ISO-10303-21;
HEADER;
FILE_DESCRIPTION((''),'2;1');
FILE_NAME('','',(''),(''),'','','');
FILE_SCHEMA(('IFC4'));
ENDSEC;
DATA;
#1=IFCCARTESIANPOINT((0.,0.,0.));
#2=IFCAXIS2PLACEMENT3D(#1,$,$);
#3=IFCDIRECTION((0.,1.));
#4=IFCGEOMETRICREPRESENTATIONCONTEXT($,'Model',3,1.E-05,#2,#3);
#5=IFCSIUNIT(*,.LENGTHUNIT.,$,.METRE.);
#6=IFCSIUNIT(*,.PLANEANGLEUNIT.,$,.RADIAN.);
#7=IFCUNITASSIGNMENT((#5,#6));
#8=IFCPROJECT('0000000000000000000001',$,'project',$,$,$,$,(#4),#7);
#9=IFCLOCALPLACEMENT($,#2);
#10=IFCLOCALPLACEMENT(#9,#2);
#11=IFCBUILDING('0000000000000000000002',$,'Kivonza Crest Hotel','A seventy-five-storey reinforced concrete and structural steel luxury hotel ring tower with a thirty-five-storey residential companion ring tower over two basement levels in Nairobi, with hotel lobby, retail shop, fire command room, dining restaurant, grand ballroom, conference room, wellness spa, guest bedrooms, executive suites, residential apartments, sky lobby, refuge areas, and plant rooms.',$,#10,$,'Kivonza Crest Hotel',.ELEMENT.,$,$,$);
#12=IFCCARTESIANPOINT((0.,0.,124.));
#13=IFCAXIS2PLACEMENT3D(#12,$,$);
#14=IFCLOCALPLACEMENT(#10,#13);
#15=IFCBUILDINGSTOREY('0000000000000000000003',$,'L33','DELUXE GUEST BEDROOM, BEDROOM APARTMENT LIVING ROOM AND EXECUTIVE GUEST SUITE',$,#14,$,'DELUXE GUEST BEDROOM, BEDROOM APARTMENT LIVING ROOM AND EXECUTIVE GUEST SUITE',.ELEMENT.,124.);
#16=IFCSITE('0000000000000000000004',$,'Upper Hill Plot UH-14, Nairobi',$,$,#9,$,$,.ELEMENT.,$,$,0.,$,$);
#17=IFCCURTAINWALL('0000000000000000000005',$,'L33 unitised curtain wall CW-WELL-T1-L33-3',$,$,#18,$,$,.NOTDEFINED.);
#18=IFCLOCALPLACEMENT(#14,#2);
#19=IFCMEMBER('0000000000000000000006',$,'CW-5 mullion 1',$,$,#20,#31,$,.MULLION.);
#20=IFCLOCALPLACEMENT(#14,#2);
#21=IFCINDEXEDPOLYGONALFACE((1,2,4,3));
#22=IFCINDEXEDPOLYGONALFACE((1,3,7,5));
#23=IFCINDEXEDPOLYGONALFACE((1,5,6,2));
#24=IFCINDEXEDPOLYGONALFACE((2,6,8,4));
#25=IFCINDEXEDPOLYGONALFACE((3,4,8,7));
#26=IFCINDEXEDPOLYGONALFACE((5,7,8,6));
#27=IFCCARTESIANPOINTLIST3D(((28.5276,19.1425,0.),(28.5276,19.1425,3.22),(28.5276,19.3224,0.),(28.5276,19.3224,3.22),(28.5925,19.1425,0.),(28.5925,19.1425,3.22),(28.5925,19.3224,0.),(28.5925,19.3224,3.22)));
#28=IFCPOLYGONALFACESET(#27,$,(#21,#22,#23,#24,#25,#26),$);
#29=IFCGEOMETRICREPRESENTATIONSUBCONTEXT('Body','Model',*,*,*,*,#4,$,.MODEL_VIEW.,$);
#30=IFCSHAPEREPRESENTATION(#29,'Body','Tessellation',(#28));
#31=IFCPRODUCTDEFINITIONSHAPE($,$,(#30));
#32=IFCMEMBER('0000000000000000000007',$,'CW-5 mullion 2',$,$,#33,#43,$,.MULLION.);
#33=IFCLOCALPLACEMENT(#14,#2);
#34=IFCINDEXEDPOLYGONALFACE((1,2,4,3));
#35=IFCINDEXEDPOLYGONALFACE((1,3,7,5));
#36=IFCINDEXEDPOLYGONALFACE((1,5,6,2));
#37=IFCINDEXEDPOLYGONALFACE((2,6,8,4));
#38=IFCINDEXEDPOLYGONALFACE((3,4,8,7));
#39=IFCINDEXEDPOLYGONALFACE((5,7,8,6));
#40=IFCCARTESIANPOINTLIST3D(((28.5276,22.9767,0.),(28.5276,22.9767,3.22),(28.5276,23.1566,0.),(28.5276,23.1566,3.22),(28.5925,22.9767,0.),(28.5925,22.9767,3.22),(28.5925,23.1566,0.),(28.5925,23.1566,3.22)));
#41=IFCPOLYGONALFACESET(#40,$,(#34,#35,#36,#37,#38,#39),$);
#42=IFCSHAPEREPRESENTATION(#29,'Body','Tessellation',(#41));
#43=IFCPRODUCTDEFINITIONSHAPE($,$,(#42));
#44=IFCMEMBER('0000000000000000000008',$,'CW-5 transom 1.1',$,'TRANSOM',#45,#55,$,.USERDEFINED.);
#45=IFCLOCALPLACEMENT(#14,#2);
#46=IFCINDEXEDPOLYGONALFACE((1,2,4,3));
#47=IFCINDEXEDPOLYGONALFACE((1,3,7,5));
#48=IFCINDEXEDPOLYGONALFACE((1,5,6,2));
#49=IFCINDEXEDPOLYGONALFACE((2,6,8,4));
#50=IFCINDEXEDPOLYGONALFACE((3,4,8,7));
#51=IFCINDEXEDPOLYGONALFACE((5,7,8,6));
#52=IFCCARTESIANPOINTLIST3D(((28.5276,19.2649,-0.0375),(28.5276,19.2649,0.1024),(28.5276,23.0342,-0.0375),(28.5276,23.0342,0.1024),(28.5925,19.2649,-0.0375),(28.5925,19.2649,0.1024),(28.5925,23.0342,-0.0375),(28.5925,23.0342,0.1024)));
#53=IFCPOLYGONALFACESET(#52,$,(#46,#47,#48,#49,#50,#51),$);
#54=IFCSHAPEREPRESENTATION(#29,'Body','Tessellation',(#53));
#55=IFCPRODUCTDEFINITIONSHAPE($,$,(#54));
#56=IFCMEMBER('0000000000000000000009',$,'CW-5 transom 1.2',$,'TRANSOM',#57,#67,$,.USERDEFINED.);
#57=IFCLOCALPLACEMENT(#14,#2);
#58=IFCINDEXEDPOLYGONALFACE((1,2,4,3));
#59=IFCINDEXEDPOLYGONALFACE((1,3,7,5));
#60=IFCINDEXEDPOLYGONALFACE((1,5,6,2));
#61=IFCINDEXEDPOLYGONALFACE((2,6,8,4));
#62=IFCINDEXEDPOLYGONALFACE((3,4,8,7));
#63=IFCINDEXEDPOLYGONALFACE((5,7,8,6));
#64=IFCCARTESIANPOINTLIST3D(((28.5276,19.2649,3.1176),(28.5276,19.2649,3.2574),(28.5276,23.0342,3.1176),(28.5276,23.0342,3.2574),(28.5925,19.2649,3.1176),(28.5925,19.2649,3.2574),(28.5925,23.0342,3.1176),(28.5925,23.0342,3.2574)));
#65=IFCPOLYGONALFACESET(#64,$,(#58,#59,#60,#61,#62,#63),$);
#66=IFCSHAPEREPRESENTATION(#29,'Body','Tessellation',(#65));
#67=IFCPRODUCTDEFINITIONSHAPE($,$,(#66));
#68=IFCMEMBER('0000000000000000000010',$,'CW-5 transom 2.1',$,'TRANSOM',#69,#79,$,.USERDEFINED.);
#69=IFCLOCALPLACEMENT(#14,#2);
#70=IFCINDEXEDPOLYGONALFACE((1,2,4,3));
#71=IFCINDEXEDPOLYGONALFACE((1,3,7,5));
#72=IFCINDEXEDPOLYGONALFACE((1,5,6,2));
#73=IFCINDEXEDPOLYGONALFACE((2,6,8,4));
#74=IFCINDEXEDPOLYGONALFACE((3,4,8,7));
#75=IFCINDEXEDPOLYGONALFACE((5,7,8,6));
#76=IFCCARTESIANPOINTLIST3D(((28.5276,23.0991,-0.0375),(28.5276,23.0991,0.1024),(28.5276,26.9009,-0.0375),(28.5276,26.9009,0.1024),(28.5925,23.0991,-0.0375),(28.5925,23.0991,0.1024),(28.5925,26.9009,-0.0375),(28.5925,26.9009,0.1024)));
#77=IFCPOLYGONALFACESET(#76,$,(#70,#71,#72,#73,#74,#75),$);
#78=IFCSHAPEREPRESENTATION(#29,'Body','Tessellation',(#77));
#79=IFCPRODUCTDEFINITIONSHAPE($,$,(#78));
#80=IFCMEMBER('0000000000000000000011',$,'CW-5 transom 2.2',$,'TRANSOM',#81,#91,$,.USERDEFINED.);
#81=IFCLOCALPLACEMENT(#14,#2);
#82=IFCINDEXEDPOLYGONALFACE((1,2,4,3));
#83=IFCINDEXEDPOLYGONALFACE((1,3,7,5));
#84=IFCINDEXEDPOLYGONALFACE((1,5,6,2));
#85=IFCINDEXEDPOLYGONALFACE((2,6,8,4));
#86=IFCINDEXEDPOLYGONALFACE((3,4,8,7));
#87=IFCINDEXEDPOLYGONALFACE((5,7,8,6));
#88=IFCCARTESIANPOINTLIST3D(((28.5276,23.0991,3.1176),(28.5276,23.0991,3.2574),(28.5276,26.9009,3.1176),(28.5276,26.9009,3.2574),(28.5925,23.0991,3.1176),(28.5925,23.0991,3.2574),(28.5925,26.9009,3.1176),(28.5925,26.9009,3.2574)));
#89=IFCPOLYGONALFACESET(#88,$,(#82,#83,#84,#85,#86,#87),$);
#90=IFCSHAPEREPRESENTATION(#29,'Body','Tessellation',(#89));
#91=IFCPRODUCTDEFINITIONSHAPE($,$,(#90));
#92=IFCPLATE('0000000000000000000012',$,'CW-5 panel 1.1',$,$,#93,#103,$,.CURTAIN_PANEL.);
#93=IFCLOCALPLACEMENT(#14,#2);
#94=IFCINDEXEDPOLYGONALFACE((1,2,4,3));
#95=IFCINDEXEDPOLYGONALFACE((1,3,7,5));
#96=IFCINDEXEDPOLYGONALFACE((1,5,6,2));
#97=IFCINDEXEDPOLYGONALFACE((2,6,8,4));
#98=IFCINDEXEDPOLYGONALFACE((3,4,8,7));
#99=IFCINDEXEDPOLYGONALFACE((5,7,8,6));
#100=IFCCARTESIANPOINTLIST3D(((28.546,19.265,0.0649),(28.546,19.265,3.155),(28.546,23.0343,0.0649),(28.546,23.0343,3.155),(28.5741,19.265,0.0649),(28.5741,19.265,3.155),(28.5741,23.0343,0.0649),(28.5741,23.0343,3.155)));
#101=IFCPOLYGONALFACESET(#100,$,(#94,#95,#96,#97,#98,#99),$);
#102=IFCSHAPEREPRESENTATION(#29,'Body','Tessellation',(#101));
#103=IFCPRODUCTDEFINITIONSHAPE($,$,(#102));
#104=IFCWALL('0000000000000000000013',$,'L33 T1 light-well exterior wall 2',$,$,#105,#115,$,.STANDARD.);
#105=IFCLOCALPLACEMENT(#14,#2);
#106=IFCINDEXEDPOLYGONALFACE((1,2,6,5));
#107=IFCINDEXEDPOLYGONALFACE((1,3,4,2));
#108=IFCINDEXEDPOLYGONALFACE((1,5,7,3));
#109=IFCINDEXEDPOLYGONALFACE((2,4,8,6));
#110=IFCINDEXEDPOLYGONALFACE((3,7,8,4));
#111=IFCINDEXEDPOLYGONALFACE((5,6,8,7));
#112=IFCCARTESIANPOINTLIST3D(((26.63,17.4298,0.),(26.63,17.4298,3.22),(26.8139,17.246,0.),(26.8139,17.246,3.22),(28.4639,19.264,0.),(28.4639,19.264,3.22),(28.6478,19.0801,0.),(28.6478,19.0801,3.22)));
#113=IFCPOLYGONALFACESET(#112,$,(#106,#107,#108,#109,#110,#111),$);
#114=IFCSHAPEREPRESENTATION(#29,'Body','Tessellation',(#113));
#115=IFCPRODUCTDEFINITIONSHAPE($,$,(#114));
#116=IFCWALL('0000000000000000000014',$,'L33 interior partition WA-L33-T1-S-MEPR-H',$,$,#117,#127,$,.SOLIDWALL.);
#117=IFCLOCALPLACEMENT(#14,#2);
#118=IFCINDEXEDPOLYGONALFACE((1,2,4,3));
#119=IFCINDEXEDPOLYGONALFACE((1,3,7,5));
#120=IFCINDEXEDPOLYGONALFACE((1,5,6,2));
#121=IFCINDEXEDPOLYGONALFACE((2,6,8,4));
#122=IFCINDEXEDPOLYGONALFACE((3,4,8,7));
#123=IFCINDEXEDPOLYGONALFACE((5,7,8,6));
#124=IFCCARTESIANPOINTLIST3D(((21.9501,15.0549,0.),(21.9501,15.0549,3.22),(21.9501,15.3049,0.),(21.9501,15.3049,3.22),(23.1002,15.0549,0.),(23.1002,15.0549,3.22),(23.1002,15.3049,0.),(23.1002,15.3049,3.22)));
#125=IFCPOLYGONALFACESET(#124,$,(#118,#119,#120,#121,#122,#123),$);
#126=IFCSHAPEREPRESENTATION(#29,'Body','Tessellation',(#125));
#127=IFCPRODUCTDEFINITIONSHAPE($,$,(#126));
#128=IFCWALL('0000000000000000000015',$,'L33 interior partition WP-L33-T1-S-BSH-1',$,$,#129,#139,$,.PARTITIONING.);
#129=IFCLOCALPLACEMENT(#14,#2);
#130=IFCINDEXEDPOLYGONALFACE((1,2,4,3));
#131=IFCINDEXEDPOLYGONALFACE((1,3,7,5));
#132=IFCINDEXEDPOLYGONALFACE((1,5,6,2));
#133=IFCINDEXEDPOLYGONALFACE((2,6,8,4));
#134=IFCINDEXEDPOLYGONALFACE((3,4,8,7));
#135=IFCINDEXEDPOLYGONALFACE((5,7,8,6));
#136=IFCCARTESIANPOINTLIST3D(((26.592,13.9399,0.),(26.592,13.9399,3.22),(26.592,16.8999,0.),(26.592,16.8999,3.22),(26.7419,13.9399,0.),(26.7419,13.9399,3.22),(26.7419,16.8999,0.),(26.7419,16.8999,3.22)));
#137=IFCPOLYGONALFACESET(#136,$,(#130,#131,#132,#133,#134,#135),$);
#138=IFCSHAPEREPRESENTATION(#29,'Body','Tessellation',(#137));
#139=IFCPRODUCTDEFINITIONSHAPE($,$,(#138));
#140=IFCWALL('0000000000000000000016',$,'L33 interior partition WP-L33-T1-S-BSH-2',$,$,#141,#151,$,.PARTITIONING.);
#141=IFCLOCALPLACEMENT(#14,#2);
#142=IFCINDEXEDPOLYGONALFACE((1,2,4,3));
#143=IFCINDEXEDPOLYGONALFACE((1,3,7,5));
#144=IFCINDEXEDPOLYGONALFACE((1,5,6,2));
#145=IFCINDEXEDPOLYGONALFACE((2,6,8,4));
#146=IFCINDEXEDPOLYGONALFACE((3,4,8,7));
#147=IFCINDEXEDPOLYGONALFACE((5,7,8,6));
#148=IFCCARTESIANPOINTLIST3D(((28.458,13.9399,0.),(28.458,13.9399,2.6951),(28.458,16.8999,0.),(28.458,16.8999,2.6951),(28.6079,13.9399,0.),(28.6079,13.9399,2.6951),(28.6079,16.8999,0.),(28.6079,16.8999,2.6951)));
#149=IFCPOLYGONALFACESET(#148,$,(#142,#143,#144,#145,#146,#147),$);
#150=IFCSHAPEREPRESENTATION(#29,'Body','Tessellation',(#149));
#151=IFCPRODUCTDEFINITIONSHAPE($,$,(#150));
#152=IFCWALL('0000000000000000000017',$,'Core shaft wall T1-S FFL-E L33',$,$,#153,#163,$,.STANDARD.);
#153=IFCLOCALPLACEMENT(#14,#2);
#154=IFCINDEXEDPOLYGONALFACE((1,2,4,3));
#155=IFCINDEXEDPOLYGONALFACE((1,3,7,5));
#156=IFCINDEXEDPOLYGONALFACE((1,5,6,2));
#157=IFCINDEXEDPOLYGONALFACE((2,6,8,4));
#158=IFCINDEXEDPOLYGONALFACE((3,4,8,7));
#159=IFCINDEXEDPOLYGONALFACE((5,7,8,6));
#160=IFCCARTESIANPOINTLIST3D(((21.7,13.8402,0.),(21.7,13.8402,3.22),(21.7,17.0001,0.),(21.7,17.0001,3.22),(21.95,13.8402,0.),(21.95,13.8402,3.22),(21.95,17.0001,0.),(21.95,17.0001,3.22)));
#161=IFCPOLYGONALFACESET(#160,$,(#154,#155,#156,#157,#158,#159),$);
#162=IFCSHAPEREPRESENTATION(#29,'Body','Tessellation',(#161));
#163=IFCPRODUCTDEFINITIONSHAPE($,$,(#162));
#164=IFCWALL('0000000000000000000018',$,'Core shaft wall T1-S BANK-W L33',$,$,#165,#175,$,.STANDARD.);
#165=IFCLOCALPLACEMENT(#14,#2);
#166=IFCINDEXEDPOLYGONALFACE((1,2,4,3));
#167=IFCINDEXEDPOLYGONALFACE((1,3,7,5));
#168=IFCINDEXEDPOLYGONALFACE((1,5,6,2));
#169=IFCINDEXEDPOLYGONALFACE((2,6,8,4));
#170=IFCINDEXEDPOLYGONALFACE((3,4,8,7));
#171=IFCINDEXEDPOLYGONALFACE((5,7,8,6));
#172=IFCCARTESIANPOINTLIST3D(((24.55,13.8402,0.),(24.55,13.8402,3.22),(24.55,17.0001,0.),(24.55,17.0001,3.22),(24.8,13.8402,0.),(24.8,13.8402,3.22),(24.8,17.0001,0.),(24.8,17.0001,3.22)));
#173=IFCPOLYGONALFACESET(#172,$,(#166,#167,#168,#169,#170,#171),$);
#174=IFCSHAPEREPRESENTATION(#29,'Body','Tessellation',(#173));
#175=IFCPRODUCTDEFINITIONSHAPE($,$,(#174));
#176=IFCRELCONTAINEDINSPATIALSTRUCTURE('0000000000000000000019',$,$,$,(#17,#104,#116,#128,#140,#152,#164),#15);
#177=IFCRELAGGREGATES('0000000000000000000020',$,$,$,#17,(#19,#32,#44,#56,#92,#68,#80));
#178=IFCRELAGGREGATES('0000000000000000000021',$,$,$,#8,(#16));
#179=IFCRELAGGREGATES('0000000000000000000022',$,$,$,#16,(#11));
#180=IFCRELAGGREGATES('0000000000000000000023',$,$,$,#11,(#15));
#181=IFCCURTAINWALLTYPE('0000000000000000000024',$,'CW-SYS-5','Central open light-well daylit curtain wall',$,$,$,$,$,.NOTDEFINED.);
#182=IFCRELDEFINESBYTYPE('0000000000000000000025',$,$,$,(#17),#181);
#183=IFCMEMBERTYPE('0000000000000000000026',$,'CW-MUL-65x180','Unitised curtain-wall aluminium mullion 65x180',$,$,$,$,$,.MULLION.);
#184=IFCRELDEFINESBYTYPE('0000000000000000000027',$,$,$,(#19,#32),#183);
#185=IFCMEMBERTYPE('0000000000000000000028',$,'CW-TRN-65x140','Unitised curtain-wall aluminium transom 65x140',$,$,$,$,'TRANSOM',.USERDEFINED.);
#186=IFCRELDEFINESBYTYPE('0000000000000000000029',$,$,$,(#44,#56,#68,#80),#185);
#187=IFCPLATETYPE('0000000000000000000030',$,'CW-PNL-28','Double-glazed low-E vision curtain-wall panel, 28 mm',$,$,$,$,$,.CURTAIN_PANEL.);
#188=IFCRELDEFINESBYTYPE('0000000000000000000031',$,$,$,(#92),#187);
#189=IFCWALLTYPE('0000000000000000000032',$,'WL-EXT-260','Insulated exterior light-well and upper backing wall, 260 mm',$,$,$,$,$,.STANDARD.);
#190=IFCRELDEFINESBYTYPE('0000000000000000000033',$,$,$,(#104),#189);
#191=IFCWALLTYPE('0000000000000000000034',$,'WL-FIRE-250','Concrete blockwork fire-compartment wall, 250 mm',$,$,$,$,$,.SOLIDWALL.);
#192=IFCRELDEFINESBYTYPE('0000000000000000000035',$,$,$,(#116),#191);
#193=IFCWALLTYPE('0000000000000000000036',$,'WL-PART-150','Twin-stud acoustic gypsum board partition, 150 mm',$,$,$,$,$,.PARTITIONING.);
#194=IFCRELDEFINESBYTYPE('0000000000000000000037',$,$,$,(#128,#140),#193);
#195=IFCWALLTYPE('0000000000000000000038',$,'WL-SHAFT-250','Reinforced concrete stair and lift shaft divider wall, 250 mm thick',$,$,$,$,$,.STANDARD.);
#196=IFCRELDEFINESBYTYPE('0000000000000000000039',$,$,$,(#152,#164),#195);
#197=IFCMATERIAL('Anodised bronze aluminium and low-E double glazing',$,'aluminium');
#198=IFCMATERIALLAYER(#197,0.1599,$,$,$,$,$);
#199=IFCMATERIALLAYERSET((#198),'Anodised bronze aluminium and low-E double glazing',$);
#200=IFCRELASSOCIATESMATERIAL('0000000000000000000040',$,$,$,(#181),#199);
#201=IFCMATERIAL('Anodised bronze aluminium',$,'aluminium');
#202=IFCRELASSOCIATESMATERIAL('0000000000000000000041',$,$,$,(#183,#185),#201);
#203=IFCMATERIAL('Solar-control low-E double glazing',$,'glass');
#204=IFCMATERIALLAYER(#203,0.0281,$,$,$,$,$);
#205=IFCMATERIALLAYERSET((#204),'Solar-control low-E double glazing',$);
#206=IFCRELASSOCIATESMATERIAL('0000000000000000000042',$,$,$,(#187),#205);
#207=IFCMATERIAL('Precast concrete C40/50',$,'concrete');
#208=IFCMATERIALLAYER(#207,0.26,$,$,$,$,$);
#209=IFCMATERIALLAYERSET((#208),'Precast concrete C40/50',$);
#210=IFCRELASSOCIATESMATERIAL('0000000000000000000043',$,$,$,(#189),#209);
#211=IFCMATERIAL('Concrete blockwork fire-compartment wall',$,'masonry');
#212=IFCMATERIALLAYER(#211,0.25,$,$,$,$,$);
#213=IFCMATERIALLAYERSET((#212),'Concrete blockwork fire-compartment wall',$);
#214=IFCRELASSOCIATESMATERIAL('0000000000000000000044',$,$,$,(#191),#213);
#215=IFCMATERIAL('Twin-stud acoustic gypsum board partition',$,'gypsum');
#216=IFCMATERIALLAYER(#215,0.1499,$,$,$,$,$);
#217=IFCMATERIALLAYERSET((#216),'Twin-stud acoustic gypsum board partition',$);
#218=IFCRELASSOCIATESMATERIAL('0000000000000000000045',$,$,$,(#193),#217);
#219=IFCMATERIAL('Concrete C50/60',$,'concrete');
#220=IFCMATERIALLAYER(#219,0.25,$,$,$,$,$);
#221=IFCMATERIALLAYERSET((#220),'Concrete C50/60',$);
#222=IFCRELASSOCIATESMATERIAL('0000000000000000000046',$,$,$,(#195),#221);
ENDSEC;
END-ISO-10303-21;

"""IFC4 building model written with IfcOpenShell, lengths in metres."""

from ifc_helpers import new_model, si_unit, direction, frame, frame_2d, origin, origin_2d, place, context, subcontext, project, spatial, rectangle, extrude, material, layer, layer_set, material_profile, profile_set, type_object, element, aggregate, save


model = new_model("IFC4")

# Units and contexts
model_context = context("Model", 3, precision=1e-05, world=origin(), true_north=direction((0.0, 1.0)))
body_context = subcontext(model_context, "Body", "Model", "MODEL_VIEW")
ifc_project = project(units=[si_unit("LENGTHUNIT", "METRE"), si_unit("PLANEANGLEUNIT", "RADIAN")], contexts=[model_context])

# Site, building, storey
site_placement = place(None, origin())
site = spatial("IfcSite", under=ifc_project, at=site_placement, Name="Upper Hill Plot UH-14, Nairobi", CompositionType="ELEMENT", RefElevation=0.0)
building_placement = place(site_placement, origin())
building = spatial("IfcBuilding", under=site, at=building_placement, Name="Kivonza Crest Hotel", Description="A seventy-five-storey reinforced concrete and structural steel luxury hotel ring tower with a thirty-five-storey residential companion ring tower over two basement levels in Nairobi, with hotel lobby, retail shop, fire command room, dining restaurant, grand ballroom, conference room, wellness spa, guest bedrooms, executive suites, residential apartments, sky lobby, refuge areas, and plant rooms.", LongName="Kivonza Crest Hotel", CompositionType="ELEMENT")
storey_placement = place(building_placement, frame((0.0, 0.0, 124.0)))
storey = spatial("IfcBuildingStorey", under=building, at=storey_placement, Name="L33", Description="DELUXE GUEST BEDROOM, BEDROOM APARTMENT LIVING ROOM AND EXECUTIVE GUEST SUITE", LongName="DELUXE GUEST BEDROOM, BEDROOM APARTMENT LIVING ROOM AND EXECUTIVE GUEST SUITE", CompositionType="ELEMENT", Elevation=124.0)

# Curtain wall, members, plate
ifc_material_1 = material(Name="Anodised bronze aluminium and low-E double glazing", Category="aluminium")
ifc_layer_1 = layer(ifc_material_1, 0.1599)
ifc_layer_set_1 = layer_set([ifc_layer_1], Name="Anodised bronze aluminium and low-E double glazing")
curtain_wall_type = type_object("IfcCurtainWallType", Name="CW-SYS-5", Description="Central open light-well daylit curtain wall", PredefinedType="NOTDEFINED", material=ifc_layer_set_1)
curtain_wall_placement = place(storey_placement, origin())
curtain_wall = element("IfcCurtainWall", 1, at=curtain_wall_placement, inside=storey, type_object=curtain_wall_type, Name="L33 unitised curtain wall CW-WELL-T1-L33-3", PredefinedType="NOTDEFINED")
ifc_material_2 = material(Name="Anodised bronze aluminium", Category="aluminium")
ifc_material_profile_1 = material_profile(ifc_material_2, rectangle(XDim=0.0649, YDim=0.1799, at=origin_2d()), Name="CW-M 65x180")
ifc_profile_set_1 = profile_set([ifc_material_profile_1], Name="Anodised bronze aluminium")
member_type_1 = type_object("IfcMemberType", Name="CW-MUL-65x180", Description="Unitised curtain-wall aluminium mullion 65x180", PredefinedType="MULLION", material=ifc_profile_set_1)
member_1_placement = place(storey_placement, frame((28.5601, 19.2324, 0.0), z_axis=(0.0, 0.0, 1.0), x_axis=(-1.0, 0.0, 0.0)))
member_1 = element("IfcMember", 2, at=member_1_placement, type_object=member_type_1, Name="CW-5 mullion 1", PredefinedType="MULLION", context=body_context, shape_type="SweptSolid", body=[
    extrude(rectangle(XDim=0.0649, YDim=0.1799, at=origin_2d()), origin(), (0.0, 0.0, 1.0), 3.22),
])
member_2_placement = place(storey_placement, frame((28.5601, 23.0667, 0.0), z_axis=(0.0, 0.0, 1.0), x_axis=(-1.0, 0.0, 0.0)))
member_2 = element("IfcMember", 3, at=member_2_placement, type_object=member_type_1, Name="CW-5 mullion 2", PredefinedType="MULLION", context=body_context, shape_type="SweptSolid", body=[
    extrude(rectangle(XDim=0.0649, YDim=0.1799, at=origin_2d()), origin(), (0.0, 0.0, 1.0), 3.22),
])
ifc_material_profile_2 = material_profile(ifc_material_2, rectangle(XDim=0.0649, YDim=0.1399, at=origin_2d()), Name="CW-T 65x140")
ifc_profile_set_2 = profile_set([ifc_material_profile_2], Name="Anodised bronze aluminium")
member_type_2 = type_object("IfcMemberType", Name="CW-TRN-65x140", Description="Unitised curtain-wall aluminium transom 65x140", ElementType="TRANSOM", PredefinedType="USERDEFINED", material=ifc_profile_set_2)
member_3_placement = place(storey_placement, frame((28.5601, 19.2649, 0.0325), z_axis=(0.0, 1.0, 0.0), x_axis=(-1.0, 0.0, 0.0)))
member_3 = element("IfcMember", 4, at=member_3_placement, type_object=member_type_2, Name="CW-5 transom 1.1", ObjectType="TRANSOM", PredefinedType="USERDEFINED", context=body_context, shape_type="SweptSolid", body=[
    extrude(rectangle(XDim=0.0649, YDim=0.1399, at=origin_2d()), origin(), (0.0, 0.0, 1.0), 3.7693),
])
member_4_placement = place(storey_placement, frame((28.5601, 19.2649, 3.1875), z_axis=(0.0, 1.0, 0.0), x_axis=(-1.0, 0.0, 0.0)))
member_4 = element("IfcMember", 5, at=member_4_placement, type_object=member_type_2, Name="CW-5 transom 1.2", ObjectType="TRANSOM", PredefinedType="USERDEFINED", context=body_context, shape_type="SweptSolid", body=[
    extrude(rectangle(XDim=0.0649, YDim=0.1399, at=origin_2d()), origin(), (0.0, 0.0, 1.0), 3.7693),
])
member_5_placement = place(storey_placement, frame((28.5601, 23.0991, 0.0325), z_axis=(0.0, 1.0, 0.0), x_axis=(-1.0, 0.0, 0.0)))
member_5 = element("IfcMember", 6, at=member_5_placement, type_object=member_type_2, Name="CW-5 transom 2.1", ObjectType="TRANSOM", PredefinedType="USERDEFINED", context=body_context, shape_type="SweptSolid", body=[
    extrude(rectangle(XDim=0.0649, YDim=0.1399, at=origin_2d()), origin(), (0.0, 0.0, 1.0), 3.8018),
])
member_6_placement = place(storey_placement, frame((28.5601, 23.0991, 3.1875), z_axis=(0.0, 1.0, 0.0), x_axis=(-1.0, 0.0, 0.0)))
member_6 = element("IfcMember", 7, at=member_6_placement, type_object=member_type_2, Name="CW-5 transom 2.2", ObjectType="TRANSOM", PredefinedType="USERDEFINED", context=body_context, shape_type="SweptSolid", body=[
    extrude(rectangle(XDim=0.0649, YDim=0.1399, at=origin_2d()), origin(), (0.0, 0.0, 1.0), 3.8018),
])
ifc_material_3 = material(Name="Solar-control low-E double glazing", Category="glass")
ifc_layer_2 = layer(ifc_material_3, 0.0281)
ifc_layer_set_2 = layer_set([ifc_layer_2], Name="Solar-control low-E double glazing")
plate_type = type_object("IfcPlateType", Name="CW-PNL-28", Description="Double-glazed low-E vision curtain-wall panel, 28 mm", PredefinedType="CURTAIN_PANEL", material=ifc_layer_set_2)
plate_placement = place(storey_placement, frame((28.5601, 21.1497, 0.0649), z_axis=(0.0, 0.0, 1.0), x_axis=(0.0, 1.0, 0.0)))
plate = element("IfcPlate", 8, at=plate_placement, type_object=plate_type, Name="CW-5 panel 1.1", PredefinedType="CURTAIN_PANEL", context=body_context, shape_type="SweptSolid", body=[
    extrude(rectangle(XDim=3.7693, YDim=0.0281, at=origin_2d()), origin(), (0.0, 0.0, 1.0), 3.0901),
])
aggregate(curtain_wall, [member_1, member_2, member_3, member_4, plate, member_5, member_6])

# Walls
ifc_material_4 = material(Name="Precast concrete C40/50", Category="concrete")
ifc_layer_3 = layer(ifc_material_4, 0.26)
ifc_layer_set_3 = layer_set([ifc_layer_3], Name="Precast concrete C40/50")
wall_type_1 = type_object("IfcWallType", Name="WL-EXT-260", Description="Insulated exterior light-well and upper backing wall, 260 mm", PredefinedType="STANDARD", material=ifc_layer_set_3)
wall_1_placement = place(storey_placement, frame((26.7219, 17.3379, 0.0), z_axis=(0.0, 0.0, 1.0), x_axis=(0.70706, 0.707154, 0.0)))
element("IfcWall", 9, at=wall_1_placement, inside=storey, type_object=wall_type_1, Name="L33 T1 light-well exterior wall 2", PredefinedType="STANDARD", context=body_context, shape_type="SweptSolid", body=[
    extrude(rectangle(XDim=2.5938, YDim=0.26, at=frame_2d((1.2969, 0.0))), origin(), (0.0, 0.0, 1.0), 3.22),
])
ifc_material_5 = material(Name="Concrete blockwork fire-compartment wall", Category="masonry")
ifc_layer_4 = layer(ifc_material_5, 0.25)
ifc_layer_set_4 = layer_set([ifc_layer_4], Name="Concrete blockwork fire-compartment wall")
wall_type_2 = type_object("IfcWallType", Name="WL-FIRE-250", Description="Concrete blockwork fire-compartment wall, 250 mm", PredefinedType="SOLIDWALL", material=ifc_layer_set_4)
wall_2_placement = place(storey_placement, frame((21.95, 15.1799, 0.0), z_axis=(0.0, 0.0, 1.0), x_axis=(1.0, 0.0, 0.0)))
element("IfcWall", 10, at=wall_2_placement, inside=storey, type_object=wall_type_2, Name="L33 interior partition WA-L33-T1-S-MEPR-H", PredefinedType="SOLIDWALL", context=body_context, shape_type="SweptSolid", body=[
    extrude(rectangle(XDim=1.1501, YDim=0.25, at=frame_2d((0.5752, 0.0))), origin(), (0.0, 0.0, 1.0), 3.22),
])
ifc_material_6 = material(Name="Twin-stud acoustic gypsum board partition", Category="gypsum")
ifc_layer_5 = layer(ifc_material_6, 0.1499)
ifc_layer_set_5 = layer_set([ifc_layer_5], Name="Twin-stud acoustic gypsum board partition")
wall_type_3 = type_object("IfcWallType", Name="WL-PART-150", Description="Twin-stud acoustic gypsum board partition, 150 mm", PredefinedType="PARTITIONING", material=ifc_layer_set_5)
wall_3_placement = place(storey_placement, frame((26.667, 13.9399, 0.0), z_axis=(0.0, 0.0, 1.0), x_axis=(0.0, 1.0, 0.0)))
element("IfcWall", 11, at=wall_3_placement, inside=storey, type_object=wall_type_3, Name="L33 interior partition WP-L33-T1-S-BSH-1", PredefinedType="PARTITIONING", context=body_context, shape_type="SweptSolid", body=[
    extrude(rectangle(XDim=2.96, YDim=0.1499, at=frame_2d((1.48, 0.0))), origin(), (0.0, 0.0, 1.0), 3.22),
])
wall_4_placement = place(storey_placement, frame((28.533, 13.9399, 0.0), z_axis=(0.0, 0.0, 1.0), x_axis=(0.0, 1.0, 0.0)))
element("IfcWall", 12, at=wall_4_placement, inside=storey, type_object=wall_type_3, Name="L33 interior partition WP-L33-T1-S-BSH-2", PredefinedType="PARTITIONING", context=body_context, shape_type="SweptSolid", body=[
    extrude(rectangle(XDim=2.96, YDim=0.1499, at=frame_2d((1.48, 0.0))), origin(), (0.0, 0.0, 1.0), 2.6951),
])

# Shared definitions
ifc_material_7 = material(Name="Concrete C50/60", Category="concrete")
ifc_layer_6 = layer(ifc_material_7, 0.25)
ifc_layer_set_6 = layer_set([ifc_layer_6], Name="Concrete C50/60")
wall_type_4 = type_object("IfcWallType", Name="WL-SHAFT-250", Description="Reinforced concrete stair and lift shaft divider wall, 250 mm thick", PredefinedType="STANDARD", material=ifc_layer_set_6)

# Walls
for number, where, z_axis, x_axis, name in (
    (13, (21.825, 13.8401, 0.0), (0.0, 0.0, 1.0), (0.0, 1.0, 0.0), "Core shaft wall T1-S FFL-E L33"),
    (14, (24.675, 13.8401, 0.0), (0.0, 0.0, 1.0), (0.0, 1.0, 0.0), "Core shaft wall T1-S BANK-W L33"),
):
    element("IfcWall", number, at=place(storey_placement, frame(where, z_axis=z_axis, x_axis=x_axis)), inside=storey, type_object=wall_type_4, Name=name, PredefinedType="STANDARD", context=body_context, shape_type="SweptSolid", body=[
        extrude(rectangle(XDim=3.1599, YDim=0.25, at=frame_2d((1.5801, 0.0))), origin(), (0.0, 0.0, 1.0), 3.22),
    ])

save(model, "model.ifc")
